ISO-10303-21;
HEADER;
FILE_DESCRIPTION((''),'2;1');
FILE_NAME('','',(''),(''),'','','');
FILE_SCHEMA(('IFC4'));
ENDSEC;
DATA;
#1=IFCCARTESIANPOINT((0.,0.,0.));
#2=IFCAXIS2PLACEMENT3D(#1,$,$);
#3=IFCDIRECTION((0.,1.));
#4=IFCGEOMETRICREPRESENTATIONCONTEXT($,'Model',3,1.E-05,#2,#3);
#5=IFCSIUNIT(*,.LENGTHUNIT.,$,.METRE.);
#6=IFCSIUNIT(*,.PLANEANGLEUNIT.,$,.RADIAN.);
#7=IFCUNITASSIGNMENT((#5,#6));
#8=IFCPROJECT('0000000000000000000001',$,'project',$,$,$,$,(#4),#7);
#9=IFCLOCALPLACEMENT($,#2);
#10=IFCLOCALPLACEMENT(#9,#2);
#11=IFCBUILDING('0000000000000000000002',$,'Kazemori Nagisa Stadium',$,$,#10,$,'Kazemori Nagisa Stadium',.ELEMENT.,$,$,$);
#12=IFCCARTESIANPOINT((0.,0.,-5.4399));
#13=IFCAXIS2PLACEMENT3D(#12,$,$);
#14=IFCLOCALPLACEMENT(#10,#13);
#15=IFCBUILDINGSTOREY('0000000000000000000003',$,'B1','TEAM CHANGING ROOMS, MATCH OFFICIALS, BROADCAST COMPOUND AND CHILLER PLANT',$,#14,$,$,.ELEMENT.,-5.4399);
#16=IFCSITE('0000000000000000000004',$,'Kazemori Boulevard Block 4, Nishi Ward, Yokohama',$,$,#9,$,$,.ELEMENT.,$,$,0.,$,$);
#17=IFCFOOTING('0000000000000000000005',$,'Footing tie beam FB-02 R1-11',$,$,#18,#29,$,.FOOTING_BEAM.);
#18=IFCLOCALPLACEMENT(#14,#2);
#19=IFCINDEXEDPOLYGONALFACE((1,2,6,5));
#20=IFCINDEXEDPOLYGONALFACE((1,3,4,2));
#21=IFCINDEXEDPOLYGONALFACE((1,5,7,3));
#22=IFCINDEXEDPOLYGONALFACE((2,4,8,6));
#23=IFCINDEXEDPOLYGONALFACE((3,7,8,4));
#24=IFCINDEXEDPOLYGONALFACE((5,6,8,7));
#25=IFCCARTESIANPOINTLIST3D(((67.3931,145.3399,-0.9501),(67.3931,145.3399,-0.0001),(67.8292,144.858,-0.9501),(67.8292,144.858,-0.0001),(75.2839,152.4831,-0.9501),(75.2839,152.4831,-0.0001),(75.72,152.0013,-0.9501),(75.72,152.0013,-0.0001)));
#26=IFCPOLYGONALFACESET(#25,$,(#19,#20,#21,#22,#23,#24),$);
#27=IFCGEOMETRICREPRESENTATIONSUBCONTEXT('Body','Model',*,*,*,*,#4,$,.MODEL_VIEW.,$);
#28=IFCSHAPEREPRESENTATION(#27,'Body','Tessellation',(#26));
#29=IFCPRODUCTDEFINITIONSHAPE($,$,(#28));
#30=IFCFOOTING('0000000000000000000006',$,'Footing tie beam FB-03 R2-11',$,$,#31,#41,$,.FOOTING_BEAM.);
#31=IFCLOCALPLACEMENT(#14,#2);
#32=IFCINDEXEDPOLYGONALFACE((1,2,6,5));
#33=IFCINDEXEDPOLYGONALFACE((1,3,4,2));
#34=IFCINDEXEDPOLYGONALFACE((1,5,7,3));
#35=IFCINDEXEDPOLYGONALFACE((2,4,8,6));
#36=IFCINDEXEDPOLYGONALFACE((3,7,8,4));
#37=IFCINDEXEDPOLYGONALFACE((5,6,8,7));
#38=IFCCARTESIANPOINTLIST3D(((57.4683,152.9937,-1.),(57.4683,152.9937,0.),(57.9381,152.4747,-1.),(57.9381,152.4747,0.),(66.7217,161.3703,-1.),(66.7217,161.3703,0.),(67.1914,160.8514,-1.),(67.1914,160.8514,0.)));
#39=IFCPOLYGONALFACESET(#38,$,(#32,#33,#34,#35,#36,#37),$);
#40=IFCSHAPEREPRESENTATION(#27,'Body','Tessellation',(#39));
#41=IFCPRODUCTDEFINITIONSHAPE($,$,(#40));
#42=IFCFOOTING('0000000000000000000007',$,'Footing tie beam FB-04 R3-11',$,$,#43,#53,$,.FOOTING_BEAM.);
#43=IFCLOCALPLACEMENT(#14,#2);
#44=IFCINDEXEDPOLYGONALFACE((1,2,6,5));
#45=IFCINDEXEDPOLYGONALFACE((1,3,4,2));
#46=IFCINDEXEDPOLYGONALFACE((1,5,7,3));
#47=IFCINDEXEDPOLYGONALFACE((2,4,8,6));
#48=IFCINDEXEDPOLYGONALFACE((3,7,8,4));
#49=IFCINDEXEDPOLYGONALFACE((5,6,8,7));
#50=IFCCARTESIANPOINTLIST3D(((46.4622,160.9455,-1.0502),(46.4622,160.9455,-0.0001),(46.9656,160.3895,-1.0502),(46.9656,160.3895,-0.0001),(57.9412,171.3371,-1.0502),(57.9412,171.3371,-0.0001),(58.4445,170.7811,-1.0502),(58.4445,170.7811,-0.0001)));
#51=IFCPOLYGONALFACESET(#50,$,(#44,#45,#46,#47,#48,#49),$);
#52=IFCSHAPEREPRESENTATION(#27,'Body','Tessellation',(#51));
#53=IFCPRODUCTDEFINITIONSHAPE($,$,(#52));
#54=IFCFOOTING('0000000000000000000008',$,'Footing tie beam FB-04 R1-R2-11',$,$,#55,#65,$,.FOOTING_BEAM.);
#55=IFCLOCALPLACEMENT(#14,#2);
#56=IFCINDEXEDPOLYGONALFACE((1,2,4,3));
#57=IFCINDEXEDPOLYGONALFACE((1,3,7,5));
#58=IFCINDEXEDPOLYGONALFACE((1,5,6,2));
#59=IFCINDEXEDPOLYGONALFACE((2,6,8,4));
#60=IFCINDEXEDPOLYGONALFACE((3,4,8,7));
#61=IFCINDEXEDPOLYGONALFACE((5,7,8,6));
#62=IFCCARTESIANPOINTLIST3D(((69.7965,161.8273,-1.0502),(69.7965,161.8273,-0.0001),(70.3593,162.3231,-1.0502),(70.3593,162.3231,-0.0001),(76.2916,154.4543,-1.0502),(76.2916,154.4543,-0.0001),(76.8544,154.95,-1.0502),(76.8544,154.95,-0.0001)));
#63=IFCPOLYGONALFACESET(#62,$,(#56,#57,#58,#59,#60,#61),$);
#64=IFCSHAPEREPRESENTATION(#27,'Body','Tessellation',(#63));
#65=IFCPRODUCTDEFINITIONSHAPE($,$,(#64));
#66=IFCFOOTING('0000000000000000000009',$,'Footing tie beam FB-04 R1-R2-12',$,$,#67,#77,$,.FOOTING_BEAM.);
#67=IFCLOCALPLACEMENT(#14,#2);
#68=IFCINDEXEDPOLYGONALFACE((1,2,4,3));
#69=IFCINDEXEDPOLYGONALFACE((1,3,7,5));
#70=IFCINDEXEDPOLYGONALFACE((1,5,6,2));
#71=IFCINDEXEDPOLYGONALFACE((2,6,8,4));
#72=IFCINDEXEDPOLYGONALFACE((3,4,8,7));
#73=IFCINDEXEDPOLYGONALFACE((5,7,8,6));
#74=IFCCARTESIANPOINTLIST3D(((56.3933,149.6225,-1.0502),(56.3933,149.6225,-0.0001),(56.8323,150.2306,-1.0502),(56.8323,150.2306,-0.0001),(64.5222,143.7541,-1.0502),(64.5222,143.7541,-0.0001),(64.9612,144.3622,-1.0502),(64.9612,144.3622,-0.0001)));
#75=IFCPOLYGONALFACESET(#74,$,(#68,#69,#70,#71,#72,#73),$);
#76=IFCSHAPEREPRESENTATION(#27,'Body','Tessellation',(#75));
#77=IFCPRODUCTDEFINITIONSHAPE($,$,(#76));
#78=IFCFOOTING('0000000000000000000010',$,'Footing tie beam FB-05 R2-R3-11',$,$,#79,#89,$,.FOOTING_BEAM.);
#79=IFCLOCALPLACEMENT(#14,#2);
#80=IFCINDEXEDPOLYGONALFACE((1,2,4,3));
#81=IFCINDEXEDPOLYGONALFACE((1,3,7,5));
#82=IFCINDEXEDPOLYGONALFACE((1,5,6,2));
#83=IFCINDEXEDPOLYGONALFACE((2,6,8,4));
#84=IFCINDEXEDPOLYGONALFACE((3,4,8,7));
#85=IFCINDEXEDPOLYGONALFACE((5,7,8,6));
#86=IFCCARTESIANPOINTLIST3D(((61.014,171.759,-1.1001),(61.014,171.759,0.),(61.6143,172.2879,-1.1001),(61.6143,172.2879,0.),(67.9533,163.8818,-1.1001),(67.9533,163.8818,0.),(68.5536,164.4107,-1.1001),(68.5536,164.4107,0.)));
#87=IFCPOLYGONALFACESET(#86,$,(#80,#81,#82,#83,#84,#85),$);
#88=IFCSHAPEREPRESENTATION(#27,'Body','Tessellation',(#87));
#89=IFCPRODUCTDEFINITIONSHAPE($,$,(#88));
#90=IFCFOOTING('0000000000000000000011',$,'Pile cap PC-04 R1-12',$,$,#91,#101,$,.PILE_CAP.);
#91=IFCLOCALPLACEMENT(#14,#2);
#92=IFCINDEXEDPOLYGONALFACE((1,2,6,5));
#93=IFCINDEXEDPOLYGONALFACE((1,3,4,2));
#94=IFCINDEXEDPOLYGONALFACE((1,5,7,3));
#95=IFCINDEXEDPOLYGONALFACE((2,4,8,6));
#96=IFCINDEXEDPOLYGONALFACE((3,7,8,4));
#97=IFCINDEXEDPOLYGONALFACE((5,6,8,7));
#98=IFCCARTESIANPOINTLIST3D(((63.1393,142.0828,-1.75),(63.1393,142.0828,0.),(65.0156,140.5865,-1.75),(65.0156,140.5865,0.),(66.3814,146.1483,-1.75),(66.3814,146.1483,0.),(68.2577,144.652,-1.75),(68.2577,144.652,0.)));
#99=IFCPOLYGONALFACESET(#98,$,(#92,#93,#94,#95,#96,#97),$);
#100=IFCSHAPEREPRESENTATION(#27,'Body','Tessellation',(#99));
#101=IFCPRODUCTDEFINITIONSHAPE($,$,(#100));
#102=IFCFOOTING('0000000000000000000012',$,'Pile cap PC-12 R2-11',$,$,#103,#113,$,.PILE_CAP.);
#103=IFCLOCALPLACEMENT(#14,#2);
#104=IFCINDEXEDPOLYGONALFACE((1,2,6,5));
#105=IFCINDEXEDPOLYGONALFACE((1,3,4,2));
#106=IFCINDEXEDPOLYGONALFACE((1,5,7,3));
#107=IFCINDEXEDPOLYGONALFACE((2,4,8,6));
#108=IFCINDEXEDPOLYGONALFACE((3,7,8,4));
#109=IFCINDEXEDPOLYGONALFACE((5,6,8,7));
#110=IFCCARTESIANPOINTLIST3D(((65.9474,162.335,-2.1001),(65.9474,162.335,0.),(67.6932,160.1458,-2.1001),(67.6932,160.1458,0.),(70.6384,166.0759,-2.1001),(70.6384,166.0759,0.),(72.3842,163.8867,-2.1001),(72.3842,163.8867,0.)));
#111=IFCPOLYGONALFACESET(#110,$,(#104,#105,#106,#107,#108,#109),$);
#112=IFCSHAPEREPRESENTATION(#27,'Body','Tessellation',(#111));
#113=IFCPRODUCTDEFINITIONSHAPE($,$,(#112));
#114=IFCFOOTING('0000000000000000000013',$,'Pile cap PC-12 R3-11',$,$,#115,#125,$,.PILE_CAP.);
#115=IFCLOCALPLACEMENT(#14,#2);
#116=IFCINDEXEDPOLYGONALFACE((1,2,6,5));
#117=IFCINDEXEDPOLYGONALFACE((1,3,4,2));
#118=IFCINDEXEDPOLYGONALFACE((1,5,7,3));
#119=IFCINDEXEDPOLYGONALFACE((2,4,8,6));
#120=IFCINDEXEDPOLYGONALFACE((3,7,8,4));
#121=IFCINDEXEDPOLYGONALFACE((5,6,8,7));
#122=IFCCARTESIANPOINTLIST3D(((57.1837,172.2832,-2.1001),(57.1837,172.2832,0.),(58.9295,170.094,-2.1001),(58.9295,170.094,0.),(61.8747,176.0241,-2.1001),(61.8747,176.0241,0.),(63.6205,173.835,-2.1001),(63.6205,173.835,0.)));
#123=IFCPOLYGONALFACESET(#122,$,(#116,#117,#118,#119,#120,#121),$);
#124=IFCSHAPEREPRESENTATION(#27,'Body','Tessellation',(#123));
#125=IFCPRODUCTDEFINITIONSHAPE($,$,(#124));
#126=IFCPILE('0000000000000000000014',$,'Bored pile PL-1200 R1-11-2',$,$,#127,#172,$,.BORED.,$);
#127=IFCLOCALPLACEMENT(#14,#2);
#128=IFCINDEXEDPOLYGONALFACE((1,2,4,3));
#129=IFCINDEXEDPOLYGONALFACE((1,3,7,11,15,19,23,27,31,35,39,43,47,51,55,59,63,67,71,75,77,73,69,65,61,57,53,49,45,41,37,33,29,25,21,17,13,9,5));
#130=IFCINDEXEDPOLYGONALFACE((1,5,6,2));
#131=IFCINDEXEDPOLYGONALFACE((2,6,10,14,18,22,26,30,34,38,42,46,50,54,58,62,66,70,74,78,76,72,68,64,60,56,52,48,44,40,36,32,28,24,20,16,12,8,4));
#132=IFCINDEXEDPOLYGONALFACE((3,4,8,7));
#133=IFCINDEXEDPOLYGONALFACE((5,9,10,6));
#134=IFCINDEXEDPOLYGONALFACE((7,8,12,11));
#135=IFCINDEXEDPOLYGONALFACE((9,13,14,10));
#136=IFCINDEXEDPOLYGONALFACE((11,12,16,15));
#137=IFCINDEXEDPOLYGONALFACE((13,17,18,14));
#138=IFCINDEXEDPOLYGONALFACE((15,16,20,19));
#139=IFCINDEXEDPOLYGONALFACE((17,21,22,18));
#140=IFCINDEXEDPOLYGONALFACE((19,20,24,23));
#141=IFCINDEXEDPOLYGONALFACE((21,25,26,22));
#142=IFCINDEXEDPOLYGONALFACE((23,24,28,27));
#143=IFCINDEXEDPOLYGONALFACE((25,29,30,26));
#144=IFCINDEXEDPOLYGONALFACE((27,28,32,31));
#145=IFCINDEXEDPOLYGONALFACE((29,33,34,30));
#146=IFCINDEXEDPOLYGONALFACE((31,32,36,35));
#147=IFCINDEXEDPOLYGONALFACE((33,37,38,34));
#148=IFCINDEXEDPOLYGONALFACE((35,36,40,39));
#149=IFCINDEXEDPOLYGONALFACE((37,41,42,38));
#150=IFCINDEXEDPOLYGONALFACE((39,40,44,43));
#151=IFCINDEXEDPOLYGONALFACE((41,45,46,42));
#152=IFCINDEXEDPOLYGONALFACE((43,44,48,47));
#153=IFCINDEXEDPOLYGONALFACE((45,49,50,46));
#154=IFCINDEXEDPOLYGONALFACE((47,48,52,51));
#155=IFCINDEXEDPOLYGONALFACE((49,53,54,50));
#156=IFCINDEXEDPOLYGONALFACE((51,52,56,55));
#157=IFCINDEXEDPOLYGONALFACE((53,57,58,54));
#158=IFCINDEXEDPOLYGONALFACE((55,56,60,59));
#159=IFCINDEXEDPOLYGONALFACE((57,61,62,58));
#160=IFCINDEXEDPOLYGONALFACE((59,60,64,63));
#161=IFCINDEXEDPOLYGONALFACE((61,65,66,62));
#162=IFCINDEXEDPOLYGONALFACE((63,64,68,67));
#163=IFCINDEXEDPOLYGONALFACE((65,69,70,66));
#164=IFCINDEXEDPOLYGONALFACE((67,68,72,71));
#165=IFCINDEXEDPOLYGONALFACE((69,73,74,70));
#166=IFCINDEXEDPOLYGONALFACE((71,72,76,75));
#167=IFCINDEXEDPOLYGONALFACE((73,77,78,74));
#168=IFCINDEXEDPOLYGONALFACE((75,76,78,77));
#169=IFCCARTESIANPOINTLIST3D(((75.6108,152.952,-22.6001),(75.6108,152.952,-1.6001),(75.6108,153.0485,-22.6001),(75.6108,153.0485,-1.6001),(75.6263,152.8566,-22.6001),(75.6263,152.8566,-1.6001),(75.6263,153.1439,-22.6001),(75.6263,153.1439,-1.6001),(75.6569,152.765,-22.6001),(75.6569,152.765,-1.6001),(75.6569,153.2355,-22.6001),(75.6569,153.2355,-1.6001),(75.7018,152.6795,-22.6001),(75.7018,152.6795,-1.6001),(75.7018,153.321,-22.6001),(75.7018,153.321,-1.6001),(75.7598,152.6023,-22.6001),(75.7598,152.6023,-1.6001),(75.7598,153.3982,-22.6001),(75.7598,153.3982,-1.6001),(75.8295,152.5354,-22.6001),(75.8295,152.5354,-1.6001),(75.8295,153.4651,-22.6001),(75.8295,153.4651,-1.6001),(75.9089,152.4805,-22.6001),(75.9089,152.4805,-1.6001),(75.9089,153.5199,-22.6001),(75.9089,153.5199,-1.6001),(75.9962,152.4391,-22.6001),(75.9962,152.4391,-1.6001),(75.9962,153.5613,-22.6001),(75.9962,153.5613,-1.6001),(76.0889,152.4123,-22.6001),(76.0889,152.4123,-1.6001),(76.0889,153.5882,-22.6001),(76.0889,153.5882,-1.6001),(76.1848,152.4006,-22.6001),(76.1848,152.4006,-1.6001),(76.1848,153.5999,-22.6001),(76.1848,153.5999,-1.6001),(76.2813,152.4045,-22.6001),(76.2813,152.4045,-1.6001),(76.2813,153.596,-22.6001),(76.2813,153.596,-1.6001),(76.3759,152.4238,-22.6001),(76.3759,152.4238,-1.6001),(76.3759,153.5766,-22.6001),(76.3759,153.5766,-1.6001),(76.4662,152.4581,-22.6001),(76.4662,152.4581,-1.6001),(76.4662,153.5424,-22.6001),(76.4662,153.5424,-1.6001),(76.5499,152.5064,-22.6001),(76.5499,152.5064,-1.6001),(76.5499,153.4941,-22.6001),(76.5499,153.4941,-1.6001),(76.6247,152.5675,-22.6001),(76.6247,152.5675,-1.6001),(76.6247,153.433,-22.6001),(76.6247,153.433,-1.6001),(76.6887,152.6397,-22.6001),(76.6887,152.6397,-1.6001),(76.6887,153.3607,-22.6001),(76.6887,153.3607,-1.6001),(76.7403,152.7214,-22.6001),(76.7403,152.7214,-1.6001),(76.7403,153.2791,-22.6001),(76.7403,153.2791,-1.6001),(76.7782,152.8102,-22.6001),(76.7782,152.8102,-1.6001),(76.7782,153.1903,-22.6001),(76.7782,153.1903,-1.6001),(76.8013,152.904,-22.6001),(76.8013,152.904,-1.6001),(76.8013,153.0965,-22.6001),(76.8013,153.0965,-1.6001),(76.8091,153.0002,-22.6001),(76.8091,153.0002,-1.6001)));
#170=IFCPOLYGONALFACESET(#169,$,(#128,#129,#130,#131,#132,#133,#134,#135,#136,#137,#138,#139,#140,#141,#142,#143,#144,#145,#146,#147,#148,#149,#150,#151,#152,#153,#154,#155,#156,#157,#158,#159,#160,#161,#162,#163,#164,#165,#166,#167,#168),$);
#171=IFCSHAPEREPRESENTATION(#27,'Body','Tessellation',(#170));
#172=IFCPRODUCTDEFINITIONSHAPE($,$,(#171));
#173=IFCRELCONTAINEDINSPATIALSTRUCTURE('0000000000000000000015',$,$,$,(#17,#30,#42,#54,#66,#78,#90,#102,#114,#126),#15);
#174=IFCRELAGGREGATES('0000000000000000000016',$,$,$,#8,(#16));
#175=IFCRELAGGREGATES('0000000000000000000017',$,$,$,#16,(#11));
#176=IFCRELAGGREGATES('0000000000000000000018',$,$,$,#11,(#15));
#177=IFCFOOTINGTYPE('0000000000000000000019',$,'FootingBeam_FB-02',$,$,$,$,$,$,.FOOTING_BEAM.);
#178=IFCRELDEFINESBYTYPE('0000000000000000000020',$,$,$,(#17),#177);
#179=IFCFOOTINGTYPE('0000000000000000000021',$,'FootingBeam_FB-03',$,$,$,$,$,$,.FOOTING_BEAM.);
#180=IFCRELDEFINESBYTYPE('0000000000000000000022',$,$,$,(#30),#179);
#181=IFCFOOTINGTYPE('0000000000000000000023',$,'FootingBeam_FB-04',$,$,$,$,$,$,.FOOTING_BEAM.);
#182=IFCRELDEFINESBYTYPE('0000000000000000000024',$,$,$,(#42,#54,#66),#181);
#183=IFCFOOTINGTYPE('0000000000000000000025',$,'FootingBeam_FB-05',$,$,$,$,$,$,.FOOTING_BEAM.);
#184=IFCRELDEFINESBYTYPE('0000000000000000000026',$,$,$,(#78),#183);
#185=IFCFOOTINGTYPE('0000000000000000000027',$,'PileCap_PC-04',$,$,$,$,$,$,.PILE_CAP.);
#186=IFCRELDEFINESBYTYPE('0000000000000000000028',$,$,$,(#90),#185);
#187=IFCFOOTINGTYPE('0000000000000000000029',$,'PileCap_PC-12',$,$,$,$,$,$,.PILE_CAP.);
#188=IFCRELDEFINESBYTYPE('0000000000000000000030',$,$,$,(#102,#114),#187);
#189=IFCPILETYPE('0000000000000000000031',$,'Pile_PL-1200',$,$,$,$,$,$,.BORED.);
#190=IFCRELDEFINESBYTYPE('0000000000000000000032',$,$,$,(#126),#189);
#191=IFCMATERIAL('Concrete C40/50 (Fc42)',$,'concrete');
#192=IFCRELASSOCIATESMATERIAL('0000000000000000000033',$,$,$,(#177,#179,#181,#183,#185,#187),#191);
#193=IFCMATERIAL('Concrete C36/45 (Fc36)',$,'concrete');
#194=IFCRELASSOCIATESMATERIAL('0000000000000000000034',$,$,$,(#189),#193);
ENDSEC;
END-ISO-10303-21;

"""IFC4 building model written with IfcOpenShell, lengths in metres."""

from ifc_helpers import new_model, si_unit, direction, frame, origin, origin_2d, place, context, subcontext, project, spatial, rectangle, circle, extrude, material, material_profile, profile_set, type_object, element, save


model = new_model("IFC4")

# Units and contexts
model_context = context("Model", 3, precision=1e-05, world=origin(), true_north=direction((0.0, 1.0)))
body_context = subcontext(model_context, "Body", "Model", "MODEL_VIEW")
ifc_project = project(units=[si_unit("LENGTHUNIT", "METRE"), si_unit("PLANEANGLEUNIT", "RADIAN")], contexts=[model_context])

# Site, building, storey
site_placement = place(None, origin())
site = spatial("IfcSite", under=ifc_project, at=site_placement, Name="Kazemori Boulevard Block 4, Nishi Ward, Yokohama", CompositionType="ELEMENT", RefElevation=0.0)
building_placement = place(site_placement, origin())
building = spatial("IfcBuilding", under=site, at=building_placement, Name="Kazemori Nagisa Stadium", LongName="Kazemori Nagisa Stadium", CompositionType="ELEMENT")
storey_placement = place(building_placement, frame((0.0, 0.0, -5.4399)))
storey = spatial("IfcBuildingStorey", under=building, at=storey_placement, Name="B1", Description="TEAM CHANGING ROOMS, MATCH OFFICIALS, BROADCAST COMPOUND AND CHILLER PLANT", CompositionType="ELEMENT", Elevation=-5.4399)

# Footings
ifc_material_1 = material(Name="Concrete C40/50 (Fc42)", Category="concrete")
ifc_material_profile_1 = material_profile(ifc_material_1, rectangle(XDim=0.6499, YDim=0.95, at=origin_2d()), Name="RC-FB-650x950")
ifc_profile_set_1 = profile_set([ifc_material_profile_1], Name="Concrete C40/50 (Fc42)")
footing_type_1 = type_object("IfcFootingType", Name="FootingBeam_FB-02", PredefinedType="FOOTING_BEAM", material=ifc_profile_set_1)
footing_1_placement = place(storey_placement, frame((75.502, 152.2422, -0.4751), z_axis=(-0.741351, -0.671118, 0.0), x_axis=(0.671118, -0.741351, 0.0)))
element("IfcFooting", 1, at=footing_1_placement, inside=storey, type_object=footing_type_1, Name="Footing tie beam FB-02 R1-11", PredefinedType="FOOTING_BEAM", context=body_context, shape_type="SweptSolid", body=[
    extrude(rectangle(XDim=0.6499, YDim=0.95, at=origin_2d()), origin(), (0.0, 0.0, 1.0), 10.6438),
])
ifc_material_profile_2 = material_profile(ifc_material_1, rectangle(XDim=0.7, YDim=1.0, at=origin_2d()), Name="RC-FB-700x1000")
ifc_profile_set_2 = profile_set([ifc_material_profile_2], Name="Concrete C40/50 (Fc42)")
footing_type_2 = type_object("IfcFootingType", Name="FootingBeam_FB-03", PredefinedType="FOOTING_BEAM", material=ifc_profile_set_2)
footing_2_placement = place(storey_placement, frame((66.9565, 161.1108, -0.5), z_axis=(-0.741354, -0.671115, 0.0), x_axis=(0.671115, -0.741354, 0.0)))
element("IfcFooting", 2, at=footing_2_placement, inside=storey, type_object=footing_type_2, Name="Footing tie beam FB-03 R2-11", PredefinedType="FOOTING_BEAM", context=body_context, shape_type="SweptSolid", body=[
    extrude(rectangle(XDim=0.7, YDim=1.0, at=origin_2d()), origin(), (0.0, 0.0, 1.0), 12.4817),
])
ifc_material_profile_3 = material_profile(ifc_material_1, rectangle(XDim=0.75, YDim=1.05, at=origin_2d()), Name="RC-FB-750x1050")
ifc_profile_set_3 = profile_set([ifc_material_profile_3], Name="Concrete C40/50 (Fc42)")
footing_type_3 = type_object("IfcFootingType", Name="FootingBeam_FB-04", PredefinedType="FOOTING_BEAM", material=ifc_profile_set_3)
footing_3_placement = place(storey_placement, frame((58.1929, 171.0591, -0.5251), z_axis=(-0.741348, -0.671121, 0.0), x_axis=(0.671121, -0.741348, 0.0)))
element("IfcFooting", 3, at=footing_3_placement, inside=storey, type_object=footing_type_3, Name="Footing tie beam FB-04 R3-11", PredefinedType="FOOTING_BEAM", context=body_context, shape_type="SweptSolid", body=[
    extrude(rectangle(XDim=0.75, YDim=1.05, at=origin_2d()), origin(), (0.0, 0.0, 1.0), 15.4839),
])
footing_4_placement = place(storey_placement, frame((76.573, 154.7021, -0.5251), z_axis=(-0.66102, 0.750368, 0.0), x_axis=(-0.750368, -0.66102, 0.0)))
element("IfcFooting", 4, at=footing_4_placement, inside=storey, type_object=footing_type_3, Name="Footing tie beam FB-04 R1-R2-11", PredefinedType="FOOTING_BEAM", context=body_context, shape_type="SweptSolid", body=[
    extrude(rectangle(XDim=0.75, YDim=1.05, at=origin_2d()), origin(), (0.0, 0.0, 1.0), 9.8259),
])
footing_5_placement = place(storey_placement, frame((64.7417, 144.0581, -0.5251), z_axis=(-0.810796, 0.585329, 0.0), x_axis=(-0.585329, -0.810796, 0.0)))
element("IfcFooting", 5, at=footing_5_placement, inside=storey, type_object=footing_type_3, Name="Footing tie beam FB-04 R1-R2-12", PredefinedType="FOOTING_BEAM", context=body_context, shape_type="SweptSolid", body=[
    extrude(rectangle(XDim=0.75, YDim=1.05, at=origin_2d()), origin(), (0.0, 0.0, 1.0), 10.0259),
])
ifc_material_profile_4 = material_profile(ifc_material_1, rectangle(XDim=0.8, YDim=1.1001, at=origin_2d()), Name="RC-FB-800x1100")
ifc_profile_set_4 = profile_set([ifc_material_profile_4], Name="Concrete C40/50 (Fc42)")
footing_type_4 = type_object("IfcFootingType", Name="FootingBeam_FB-05", PredefinedType="FOOTING_BEAM", material=ifc_profile_set_4)
footing_6_placement = place(storey_placement, frame((68.2534, 164.1462, -0.55), z_axis=(-0.661018, 0.75037, 0.0), x_axis=(-0.75037, -0.661018, 0.0)))
element("IfcFooting", 6, at=footing_6_placement, inside=storey, type_object=footing_type_4, Name="Footing tie beam FB-05 R2-R3-11", PredefinedType="FOOTING_BEAM", context=body_context, shape_type="SweptSolid", body=[
    extrude(rectangle(XDim=0.8, YDim=1.1001, at=origin_2d()), origin(), (0.0, 0.0, 1.0), 10.4978),
])
footing_type_5 = type_object("IfcFootingType", Name="PileCap_PC-04", PredefinedType="PILE_CAP", material=ifc_material_1)
footing_7_placement = place(storey_placement, frame((65.6985, 143.3674, -1.75), z_axis=(0.0, 0.0, 1.0), x_axis=(-0.62349, -0.781831, 0.0)))
element("IfcFooting", 7, at=footing_7_placement, inside=storey, type_object=footing_type_5, Name="Pile cap PC-04 R1-12", PredefinedType="PILE_CAP", context=body_context, shape_type="SweptSolid", body=[
    extrude(rectangle(XDim=5.2, YDim=2.3999, at=origin_2d()), origin(), (0.0, 0.0, 1.0), 1.75),
])
footing_type_6 = type_object("IfcFootingType", Name="PileCap_PC-12", PredefinedType="PILE_CAP", material=ifc_material_1)
for number, where, z_axis, x_axis, name in (
    (8, (69.1658, 163.1108, -2.1001), (0.0, 0.0, 1.0), (-0.781831, -0.62349, 0.0), "Pile cap PC-12 R2-11"),
    (9, (60.4021, 173.0591, -2.1001), (0.0, 0.0, 1.0), (-0.781831, -0.62349, 0.0), "Pile cap PC-12 R3-11"),
):
    element("IfcFooting", number, at=place(storey_placement, frame(where, z_axis=z_axis, x_axis=x_axis)), inside=storey, type_object=footing_type_6, Name=name, PredefinedType="PILE_CAP", context=body_context, shape_type="SweptSolid", body=[
        extrude(rectangle(XDim=6.0, YDim=2.8, at=origin_2d()), origin(), (0.0, 0.0, 1.0), 2.1001),
    ])

# Pile
ifc_material_2 = material(Name="Concrete C36/45 (Fc36)", Category="concrete")
ifc_material_profile_5 = material_profile(ifc_material_2, circle(Radius=0.6001, at=origin_2d()), Name="PILE-D1200")
ifc_profile_set_5 = profile_set([ifc_material_profile_5], Name="Concrete C36/45 (Fc36)")
pile_type_1 = type_object("IfcPileType", Name="Pile_PL-1200", PredefinedType="BORED", material=ifc_profile_set_5)
for number, where, z_axis, x_axis, name in (
    (10, (76.209, 153.0002, -1.6001), (0.0, 0.0, -1.0), (1.0, 0.0, 0.0), "Bored pile PL-1200 R1-11-2"),
):
    element("IfcPile", number, at=place(storey_placement, frame(where, z_axis=z_axis, x_axis=x_axis)), inside=storey, type_object=pile_type_1, Name=name, PredefinedType="BORED", context=body_context, shape_type="SweptSolid", body=[
        extrude(circle(Radius=0.6001, at=origin_2d()), origin(), (0.0, 0.0, 1.0), 21.0),
    ])

save(model, "model.ifc")
